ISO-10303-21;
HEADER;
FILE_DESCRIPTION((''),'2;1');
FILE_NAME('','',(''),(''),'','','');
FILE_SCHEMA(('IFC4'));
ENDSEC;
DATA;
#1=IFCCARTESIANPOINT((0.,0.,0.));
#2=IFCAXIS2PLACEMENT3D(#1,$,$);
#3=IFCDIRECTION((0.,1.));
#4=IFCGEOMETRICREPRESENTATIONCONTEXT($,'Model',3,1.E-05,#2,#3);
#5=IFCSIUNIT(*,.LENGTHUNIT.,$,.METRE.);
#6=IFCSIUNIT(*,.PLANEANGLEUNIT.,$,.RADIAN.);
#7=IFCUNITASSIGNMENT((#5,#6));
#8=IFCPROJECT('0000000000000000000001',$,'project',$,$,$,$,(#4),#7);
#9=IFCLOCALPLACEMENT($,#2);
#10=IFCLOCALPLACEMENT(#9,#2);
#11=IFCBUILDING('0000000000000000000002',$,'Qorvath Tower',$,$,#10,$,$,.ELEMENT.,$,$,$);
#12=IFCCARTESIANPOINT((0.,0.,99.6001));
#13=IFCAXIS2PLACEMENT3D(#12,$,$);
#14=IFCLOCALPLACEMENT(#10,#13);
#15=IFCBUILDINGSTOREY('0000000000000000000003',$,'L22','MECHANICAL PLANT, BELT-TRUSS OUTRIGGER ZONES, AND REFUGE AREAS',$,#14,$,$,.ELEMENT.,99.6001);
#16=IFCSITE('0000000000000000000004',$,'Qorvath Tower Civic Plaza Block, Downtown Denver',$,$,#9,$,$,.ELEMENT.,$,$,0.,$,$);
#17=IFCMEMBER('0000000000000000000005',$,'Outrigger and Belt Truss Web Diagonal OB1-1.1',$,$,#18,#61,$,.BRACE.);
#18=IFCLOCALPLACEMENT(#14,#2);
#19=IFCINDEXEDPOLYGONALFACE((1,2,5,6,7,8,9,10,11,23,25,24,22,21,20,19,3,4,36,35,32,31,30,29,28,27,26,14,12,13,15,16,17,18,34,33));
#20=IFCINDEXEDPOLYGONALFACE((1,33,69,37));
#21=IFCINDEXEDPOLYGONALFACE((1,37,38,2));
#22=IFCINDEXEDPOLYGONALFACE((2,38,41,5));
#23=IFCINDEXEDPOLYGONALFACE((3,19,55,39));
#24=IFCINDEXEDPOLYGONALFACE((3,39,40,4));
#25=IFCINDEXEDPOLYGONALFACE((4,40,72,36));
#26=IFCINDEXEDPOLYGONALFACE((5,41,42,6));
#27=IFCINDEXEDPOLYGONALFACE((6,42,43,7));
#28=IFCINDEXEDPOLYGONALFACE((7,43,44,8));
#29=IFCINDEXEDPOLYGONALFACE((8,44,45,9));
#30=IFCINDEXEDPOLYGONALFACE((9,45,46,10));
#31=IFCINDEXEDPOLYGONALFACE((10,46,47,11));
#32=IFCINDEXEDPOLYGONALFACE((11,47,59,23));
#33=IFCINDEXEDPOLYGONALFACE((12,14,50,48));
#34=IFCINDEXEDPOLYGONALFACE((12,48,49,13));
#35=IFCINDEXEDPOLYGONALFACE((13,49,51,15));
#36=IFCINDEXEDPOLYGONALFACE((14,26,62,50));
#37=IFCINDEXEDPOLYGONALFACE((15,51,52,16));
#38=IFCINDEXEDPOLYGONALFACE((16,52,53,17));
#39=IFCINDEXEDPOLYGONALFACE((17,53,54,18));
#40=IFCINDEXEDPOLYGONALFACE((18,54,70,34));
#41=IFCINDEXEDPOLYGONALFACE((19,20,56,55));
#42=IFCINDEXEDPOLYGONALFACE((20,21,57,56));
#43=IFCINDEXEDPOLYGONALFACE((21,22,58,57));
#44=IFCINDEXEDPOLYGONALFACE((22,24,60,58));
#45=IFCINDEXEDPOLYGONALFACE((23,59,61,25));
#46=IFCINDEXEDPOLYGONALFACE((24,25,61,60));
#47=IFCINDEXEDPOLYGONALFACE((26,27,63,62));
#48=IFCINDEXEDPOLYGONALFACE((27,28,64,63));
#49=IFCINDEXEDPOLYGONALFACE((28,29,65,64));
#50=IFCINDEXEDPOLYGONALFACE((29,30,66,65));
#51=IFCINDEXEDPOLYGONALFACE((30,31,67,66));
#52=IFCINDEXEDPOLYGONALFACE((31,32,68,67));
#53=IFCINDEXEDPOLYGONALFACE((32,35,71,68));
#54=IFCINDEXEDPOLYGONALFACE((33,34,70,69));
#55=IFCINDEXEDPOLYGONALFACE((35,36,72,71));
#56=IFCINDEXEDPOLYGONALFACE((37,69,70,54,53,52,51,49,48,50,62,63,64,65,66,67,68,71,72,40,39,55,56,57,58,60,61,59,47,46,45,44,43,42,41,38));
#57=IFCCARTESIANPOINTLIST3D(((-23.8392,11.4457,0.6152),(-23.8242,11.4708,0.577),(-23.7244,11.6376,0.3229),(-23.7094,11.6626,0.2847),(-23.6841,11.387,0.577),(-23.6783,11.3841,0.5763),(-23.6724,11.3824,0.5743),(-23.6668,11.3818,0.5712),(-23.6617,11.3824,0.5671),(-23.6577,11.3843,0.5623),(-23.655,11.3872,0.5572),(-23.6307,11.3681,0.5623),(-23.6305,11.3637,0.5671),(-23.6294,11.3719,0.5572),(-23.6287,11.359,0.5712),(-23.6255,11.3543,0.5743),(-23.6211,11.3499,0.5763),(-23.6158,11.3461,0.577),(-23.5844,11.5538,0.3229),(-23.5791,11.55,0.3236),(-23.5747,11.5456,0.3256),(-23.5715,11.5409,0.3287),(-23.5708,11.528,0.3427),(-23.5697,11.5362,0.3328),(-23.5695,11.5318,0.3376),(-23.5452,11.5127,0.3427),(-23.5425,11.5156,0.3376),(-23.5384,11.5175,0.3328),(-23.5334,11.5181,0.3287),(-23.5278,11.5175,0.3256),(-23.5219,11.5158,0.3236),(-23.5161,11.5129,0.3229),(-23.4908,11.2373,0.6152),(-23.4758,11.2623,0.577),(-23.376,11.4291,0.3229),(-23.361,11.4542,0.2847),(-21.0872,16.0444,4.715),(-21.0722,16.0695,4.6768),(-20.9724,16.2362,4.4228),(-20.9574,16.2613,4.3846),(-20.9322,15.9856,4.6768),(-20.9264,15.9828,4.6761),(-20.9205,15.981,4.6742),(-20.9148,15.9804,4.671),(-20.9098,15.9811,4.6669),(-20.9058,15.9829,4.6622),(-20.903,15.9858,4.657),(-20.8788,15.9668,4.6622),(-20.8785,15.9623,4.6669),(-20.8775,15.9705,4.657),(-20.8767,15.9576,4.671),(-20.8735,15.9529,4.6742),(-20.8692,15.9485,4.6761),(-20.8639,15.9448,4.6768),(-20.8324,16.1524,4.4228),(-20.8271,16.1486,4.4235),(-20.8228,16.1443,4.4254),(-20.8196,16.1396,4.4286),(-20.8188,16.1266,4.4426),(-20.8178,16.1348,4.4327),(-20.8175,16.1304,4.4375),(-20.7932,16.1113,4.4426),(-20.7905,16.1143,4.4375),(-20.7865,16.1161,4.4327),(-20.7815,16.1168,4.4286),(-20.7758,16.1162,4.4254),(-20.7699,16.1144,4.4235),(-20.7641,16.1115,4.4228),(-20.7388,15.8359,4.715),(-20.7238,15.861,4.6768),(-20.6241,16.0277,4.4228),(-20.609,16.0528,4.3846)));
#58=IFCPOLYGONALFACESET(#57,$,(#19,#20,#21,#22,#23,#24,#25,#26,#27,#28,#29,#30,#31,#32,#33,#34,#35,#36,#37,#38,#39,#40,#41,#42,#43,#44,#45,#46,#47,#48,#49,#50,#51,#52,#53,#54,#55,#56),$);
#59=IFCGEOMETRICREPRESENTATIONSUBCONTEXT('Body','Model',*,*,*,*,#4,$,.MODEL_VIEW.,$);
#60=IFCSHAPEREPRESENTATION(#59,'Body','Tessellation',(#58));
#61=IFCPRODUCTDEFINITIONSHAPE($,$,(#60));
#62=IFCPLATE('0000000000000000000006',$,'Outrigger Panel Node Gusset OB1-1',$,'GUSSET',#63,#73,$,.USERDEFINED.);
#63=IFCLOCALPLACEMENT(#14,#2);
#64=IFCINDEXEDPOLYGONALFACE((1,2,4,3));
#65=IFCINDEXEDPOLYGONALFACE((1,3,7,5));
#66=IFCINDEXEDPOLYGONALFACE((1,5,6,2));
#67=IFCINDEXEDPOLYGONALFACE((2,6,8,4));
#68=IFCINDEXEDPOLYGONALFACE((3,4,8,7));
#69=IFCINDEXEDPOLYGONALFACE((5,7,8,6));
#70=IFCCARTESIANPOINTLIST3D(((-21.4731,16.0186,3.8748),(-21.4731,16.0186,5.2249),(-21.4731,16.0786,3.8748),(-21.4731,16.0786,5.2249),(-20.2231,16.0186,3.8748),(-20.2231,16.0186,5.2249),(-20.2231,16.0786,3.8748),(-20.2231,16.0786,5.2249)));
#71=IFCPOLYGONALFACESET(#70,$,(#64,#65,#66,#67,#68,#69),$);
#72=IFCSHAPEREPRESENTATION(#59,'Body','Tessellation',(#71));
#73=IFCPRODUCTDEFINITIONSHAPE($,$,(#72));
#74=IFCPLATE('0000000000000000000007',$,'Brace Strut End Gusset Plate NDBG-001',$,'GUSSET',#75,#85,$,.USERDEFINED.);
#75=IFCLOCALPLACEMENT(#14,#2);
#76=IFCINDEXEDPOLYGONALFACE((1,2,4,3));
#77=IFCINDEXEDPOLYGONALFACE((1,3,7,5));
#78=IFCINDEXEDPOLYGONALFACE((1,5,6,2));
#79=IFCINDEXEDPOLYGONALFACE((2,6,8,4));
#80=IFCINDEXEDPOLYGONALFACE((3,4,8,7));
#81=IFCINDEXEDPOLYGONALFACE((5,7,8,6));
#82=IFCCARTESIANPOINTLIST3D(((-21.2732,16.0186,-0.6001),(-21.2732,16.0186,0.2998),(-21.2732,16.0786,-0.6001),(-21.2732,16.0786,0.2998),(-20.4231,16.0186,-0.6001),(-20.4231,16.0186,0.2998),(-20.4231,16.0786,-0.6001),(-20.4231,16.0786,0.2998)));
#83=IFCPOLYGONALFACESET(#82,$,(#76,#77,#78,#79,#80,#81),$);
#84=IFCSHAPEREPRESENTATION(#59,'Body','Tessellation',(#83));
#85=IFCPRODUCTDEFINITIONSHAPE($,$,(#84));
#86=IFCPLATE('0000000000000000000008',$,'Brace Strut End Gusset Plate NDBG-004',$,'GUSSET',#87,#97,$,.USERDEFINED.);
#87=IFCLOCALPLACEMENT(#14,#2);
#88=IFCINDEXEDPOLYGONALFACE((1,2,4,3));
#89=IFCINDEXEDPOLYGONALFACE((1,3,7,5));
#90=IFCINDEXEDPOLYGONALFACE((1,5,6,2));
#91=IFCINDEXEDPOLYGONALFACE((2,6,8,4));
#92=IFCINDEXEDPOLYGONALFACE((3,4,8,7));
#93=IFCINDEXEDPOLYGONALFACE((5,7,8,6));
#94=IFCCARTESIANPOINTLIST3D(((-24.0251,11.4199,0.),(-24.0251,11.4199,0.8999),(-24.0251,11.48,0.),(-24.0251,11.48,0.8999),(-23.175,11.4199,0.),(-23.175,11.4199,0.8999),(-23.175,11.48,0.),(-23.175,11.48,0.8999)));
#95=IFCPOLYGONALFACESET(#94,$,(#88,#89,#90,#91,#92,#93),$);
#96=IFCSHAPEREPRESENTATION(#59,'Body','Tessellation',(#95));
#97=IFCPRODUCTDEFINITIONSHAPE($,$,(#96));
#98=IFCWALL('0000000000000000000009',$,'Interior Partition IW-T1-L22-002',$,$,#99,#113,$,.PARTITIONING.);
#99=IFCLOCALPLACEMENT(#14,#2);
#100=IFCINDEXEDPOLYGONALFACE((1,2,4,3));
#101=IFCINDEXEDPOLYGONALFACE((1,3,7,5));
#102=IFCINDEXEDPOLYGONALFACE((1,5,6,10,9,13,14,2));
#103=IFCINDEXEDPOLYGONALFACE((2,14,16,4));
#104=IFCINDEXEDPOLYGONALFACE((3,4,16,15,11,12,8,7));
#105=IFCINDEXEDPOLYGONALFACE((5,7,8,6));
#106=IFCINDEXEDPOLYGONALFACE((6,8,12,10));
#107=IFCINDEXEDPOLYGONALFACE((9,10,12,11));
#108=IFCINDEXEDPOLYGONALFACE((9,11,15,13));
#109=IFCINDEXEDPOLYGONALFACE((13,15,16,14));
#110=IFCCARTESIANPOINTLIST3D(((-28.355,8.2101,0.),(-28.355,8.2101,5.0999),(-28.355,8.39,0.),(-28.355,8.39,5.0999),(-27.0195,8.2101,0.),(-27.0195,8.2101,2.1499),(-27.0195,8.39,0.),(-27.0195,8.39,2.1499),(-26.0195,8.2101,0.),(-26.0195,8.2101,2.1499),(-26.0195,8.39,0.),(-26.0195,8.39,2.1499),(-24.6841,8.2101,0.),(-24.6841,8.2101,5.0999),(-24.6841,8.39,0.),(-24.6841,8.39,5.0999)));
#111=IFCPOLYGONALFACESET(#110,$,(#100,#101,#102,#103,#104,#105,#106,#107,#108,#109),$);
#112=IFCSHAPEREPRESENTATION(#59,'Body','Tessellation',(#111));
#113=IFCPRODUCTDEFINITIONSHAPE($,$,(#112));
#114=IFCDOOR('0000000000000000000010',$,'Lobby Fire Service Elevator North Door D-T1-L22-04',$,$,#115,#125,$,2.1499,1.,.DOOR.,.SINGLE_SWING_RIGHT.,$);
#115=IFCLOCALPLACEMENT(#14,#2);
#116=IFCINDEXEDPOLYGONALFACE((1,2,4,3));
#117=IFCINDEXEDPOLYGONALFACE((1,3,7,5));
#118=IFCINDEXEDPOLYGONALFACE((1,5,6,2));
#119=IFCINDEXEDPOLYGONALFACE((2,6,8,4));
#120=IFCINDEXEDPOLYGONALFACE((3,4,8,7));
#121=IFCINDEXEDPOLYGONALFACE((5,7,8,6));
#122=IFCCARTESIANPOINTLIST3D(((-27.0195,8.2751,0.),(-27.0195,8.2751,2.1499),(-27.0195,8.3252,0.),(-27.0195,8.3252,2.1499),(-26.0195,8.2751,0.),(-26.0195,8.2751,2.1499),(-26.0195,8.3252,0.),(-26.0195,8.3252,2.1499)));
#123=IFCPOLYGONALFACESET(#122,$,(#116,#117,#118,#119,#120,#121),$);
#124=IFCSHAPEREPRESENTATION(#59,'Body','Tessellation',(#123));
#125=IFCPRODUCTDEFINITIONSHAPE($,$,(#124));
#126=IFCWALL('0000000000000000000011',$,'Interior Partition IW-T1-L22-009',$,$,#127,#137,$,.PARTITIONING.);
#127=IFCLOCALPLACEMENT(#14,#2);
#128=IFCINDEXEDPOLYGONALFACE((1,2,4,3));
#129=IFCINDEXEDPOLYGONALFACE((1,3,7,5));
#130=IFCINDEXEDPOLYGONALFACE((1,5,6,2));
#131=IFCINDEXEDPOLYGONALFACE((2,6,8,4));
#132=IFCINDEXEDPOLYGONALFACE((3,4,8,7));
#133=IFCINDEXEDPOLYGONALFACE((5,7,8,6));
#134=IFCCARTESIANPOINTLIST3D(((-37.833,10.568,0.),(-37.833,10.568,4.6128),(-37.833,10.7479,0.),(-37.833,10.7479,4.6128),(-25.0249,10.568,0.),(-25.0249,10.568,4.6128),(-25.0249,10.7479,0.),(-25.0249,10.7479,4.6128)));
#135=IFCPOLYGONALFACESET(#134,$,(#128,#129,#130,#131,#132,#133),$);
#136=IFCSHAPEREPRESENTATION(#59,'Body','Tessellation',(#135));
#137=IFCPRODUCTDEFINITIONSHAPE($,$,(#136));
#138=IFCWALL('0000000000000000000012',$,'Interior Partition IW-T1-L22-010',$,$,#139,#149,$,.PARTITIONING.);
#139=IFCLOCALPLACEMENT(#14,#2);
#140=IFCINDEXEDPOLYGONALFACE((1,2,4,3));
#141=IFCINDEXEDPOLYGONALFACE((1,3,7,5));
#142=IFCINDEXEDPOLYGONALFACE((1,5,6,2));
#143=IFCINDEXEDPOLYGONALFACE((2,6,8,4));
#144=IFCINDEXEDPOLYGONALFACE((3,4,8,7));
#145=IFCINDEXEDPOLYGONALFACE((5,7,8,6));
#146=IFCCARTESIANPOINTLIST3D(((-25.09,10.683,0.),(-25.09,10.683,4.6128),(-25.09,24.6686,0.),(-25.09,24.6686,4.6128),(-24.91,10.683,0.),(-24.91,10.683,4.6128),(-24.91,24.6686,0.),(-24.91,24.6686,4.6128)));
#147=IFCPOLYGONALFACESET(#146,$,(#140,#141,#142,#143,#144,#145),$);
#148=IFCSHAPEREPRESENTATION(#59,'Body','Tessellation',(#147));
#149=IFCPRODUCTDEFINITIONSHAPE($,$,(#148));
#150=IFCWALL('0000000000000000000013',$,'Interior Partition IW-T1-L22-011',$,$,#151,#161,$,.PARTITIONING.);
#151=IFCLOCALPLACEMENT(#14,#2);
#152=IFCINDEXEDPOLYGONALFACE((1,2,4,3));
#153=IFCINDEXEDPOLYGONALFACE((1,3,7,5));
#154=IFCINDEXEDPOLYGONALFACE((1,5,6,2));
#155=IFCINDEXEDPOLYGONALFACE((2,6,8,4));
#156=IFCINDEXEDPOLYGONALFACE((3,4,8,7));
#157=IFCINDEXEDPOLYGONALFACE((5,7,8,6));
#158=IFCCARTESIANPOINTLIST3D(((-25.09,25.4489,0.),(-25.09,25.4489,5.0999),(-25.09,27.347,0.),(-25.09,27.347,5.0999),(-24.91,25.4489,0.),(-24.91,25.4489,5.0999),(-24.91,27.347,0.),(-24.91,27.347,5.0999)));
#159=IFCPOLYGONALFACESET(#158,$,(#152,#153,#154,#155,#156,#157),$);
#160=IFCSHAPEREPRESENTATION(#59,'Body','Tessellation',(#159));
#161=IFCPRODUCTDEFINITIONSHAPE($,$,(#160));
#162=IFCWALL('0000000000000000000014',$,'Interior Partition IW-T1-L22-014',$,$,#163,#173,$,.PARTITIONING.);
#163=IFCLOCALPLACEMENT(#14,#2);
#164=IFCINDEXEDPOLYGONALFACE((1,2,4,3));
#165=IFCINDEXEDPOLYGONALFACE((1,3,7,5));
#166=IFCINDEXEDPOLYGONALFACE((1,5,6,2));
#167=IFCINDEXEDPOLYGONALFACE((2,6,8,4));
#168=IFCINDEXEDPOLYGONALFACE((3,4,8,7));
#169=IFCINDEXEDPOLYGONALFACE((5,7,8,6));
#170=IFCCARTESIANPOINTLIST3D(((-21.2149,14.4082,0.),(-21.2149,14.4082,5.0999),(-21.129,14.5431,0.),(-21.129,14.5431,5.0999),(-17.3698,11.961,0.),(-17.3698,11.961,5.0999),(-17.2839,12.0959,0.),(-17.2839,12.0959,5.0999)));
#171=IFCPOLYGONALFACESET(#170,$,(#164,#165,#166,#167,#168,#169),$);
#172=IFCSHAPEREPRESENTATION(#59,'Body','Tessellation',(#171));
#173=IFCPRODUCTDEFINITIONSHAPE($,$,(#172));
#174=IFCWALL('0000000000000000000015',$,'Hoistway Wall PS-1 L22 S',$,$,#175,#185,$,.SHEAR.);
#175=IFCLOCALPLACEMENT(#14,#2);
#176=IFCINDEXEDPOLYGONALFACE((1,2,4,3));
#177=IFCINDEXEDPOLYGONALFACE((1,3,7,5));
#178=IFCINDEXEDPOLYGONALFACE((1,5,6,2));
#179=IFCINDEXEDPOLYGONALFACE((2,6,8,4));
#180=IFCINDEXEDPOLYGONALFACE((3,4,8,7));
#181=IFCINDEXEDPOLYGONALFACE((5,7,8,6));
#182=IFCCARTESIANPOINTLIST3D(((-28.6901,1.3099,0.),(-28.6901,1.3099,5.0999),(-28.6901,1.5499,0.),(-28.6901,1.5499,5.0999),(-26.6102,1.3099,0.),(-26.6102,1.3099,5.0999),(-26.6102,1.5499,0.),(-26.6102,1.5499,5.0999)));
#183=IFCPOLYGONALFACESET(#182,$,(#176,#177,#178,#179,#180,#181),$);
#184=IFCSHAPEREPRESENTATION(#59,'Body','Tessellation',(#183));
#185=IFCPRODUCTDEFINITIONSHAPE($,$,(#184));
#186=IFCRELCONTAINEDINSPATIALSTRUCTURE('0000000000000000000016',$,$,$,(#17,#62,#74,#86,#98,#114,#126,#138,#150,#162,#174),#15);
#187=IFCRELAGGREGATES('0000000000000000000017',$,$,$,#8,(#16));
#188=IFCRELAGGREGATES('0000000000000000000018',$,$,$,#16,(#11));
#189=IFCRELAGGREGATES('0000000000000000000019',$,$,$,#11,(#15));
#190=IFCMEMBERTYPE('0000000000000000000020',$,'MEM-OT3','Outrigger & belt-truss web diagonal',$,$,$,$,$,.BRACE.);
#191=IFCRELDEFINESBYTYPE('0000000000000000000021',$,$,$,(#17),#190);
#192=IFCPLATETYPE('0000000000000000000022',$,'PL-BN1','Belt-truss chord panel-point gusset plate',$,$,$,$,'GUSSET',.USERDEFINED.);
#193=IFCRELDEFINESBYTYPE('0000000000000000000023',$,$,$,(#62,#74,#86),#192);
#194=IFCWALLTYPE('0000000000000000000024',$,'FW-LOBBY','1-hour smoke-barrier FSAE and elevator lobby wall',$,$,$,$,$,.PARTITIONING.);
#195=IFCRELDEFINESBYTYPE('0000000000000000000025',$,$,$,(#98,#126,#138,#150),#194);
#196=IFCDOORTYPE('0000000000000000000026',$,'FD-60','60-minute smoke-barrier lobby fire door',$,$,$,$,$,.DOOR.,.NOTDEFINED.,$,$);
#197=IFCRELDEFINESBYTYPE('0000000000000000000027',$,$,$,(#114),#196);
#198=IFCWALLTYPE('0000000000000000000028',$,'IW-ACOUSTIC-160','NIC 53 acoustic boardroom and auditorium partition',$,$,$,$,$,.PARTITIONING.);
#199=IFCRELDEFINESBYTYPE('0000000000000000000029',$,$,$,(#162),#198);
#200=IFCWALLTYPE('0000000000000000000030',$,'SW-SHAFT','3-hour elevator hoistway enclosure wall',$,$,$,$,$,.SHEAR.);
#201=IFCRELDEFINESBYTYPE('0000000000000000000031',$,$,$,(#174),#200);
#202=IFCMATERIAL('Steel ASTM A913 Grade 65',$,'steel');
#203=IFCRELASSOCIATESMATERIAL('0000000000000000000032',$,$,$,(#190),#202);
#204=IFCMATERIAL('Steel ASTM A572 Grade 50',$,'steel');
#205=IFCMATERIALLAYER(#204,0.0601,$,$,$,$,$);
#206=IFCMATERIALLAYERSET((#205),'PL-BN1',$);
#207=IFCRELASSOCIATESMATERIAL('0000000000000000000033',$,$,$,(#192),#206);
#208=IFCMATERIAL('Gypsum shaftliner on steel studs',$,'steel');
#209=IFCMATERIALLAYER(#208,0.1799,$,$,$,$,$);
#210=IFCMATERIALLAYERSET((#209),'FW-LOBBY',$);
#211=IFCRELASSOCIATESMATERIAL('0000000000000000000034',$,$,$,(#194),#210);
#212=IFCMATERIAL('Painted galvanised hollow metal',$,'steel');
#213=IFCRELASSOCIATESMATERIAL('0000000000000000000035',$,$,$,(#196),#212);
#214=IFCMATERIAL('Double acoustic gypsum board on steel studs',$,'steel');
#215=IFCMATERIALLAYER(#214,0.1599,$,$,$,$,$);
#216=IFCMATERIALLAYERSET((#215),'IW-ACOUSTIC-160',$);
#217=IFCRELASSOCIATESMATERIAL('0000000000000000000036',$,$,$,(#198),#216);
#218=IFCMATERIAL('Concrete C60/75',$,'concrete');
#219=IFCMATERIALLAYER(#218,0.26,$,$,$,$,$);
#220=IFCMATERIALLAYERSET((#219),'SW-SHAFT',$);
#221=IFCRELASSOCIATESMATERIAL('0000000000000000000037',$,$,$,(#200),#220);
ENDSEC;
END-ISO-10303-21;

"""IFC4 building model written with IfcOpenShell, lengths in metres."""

from ifc_helpers import new_model, si_unit, direction, frame, frame_2d, origin, origin_2d, place, context, subcontext, project, spatial, rectangle, i_section, extrude, material, layer, layer_set, material_profile, profile_set, type_object, element, fill, save


model = new_model("IFC4")

# Units and contexts
model_context = context("Model", 3, precision=1e-05, world=origin(), true_north=direction((0.0, 1.0)))
body_context = subcontext(model_context, "Body", "Model", "MODEL_VIEW")
ifc_project = project(units=[si_unit("LENGTHUNIT", "METRE"), si_unit("PLANEANGLEUNIT", "RADIAN")], contexts=[model_context])

# Site, building, storey
site_placement = place(None, origin())
site = spatial("IfcSite", under=ifc_project, at=site_placement, Name="Qorvath Tower Civic Plaza Block, Downtown Denver", CompositionType="ELEMENT", RefElevation=0.0)
building_placement = place(site_placement, origin())
building = spatial("IfcBuilding", under=site, at=building_placement, Name="Qorvath Tower", CompositionType="ELEMENT")
storey_placement = place(building_placement, frame((0.0, 0.0, 99.6001)))
storey = spatial("IfcBuildingStorey", under=building, at=storey_placement, Name="L22", Description="MECHANICAL PLANT, BELT-TRUSS OUTRIGGER ZONES, AND REFUGE AREAS", CompositionType="ELEMENT", Elevation=99.6001)

# Member
ifc_material_1 = material(Name="Steel ASTM A913 Grade 65", Category="steel")
ifc_material_profile_1 = material_profile(ifc_material_1, i_section(OverallWidth=0.406, OverallDepth=0.416, WebThickness=0.0298, FlangeThickness=0.0481, FilletRadius=0.0249, at=origin_2d()), Name="W14x257")
ifc_profile_set_1 = profile_set([ifc_material_profile_1], Name="Steel ASTM A913 Grade 65")
member_type_1 = type_object("IfcMemberType", Name="MEM-OT3", Description="Outrigger & belt-truss web diagonal", PredefinedType="BRACE", material=ifc_profile_set_1)
member_1_placement = place(storey_placement, frame((-23.6001, 11.45, 0.45), z_axis=(0.407845, 0.681526, 0.607606), x_axis=(-0.858087, 0.513504, 0.0)))
element("IfcMember", 1, at=member_1_placement, inside=storey, type_object=member_type_1, Name="Outrigger and Belt Truss Web Diagonal OB1-1.1", PredefinedType="BRACE", context=body_context, shape_type="SweptSolid", body=[
    extrude(i_section(OverallWidth=0.406, OverallDepth=0.416, WebThickness=0.0298, FlangeThickness=0.0481, FilletRadius=0.0249, at=origin_2d()), origin(), (0.0, 0.0, 1.0), 6.7476),
])

# Plates
ifc_material_2 = material(Name="Steel ASTM A572 Grade 50", Category="steel")
ifc_layer_1 = layer(ifc_material_2, 0.0601)
ifc_layer_set_1 = layer_set([ifc_layer_1], Name="PL-BN1")
plate_type = type_object("IfcPlateType", Name="PL-BN1", Description="Belt-truss chord panel-point gusset plate", ElementType="GUSSET", PredefinedType="USERDEFINED", material=ifc_layer_set_1)
plate_placement = place(storey_placement, frame((-20.8481, 16.0486, 3.8748), z_axis=(0.0, 0.0, 1.0), x_axis=(1.0, 0.0, 0.0)))
element("IfcPlate", 2, at=plate_placement, inside=storey, type_object=plate_type, Name="Outrigger Panel Node Gusset OB1-1", ObjectType="GUSSET", PredefinedType="USERDEFINED", context=body_context, shape_type="SweptSolid", body=[
    extrude(rectangle(XDim=1.25, YDim=0.0601, at=origin_2d()), origin(), (0.0, 0.0, 1.0), 1.3501),
])
for number, where, z_axis, x_axis, name in (
    (3, (-20.8481, 16.0486, -0.6001), (0.0, 0.0, 1.0), (1.0, 0.0, 0.0), "Brace Strut End Gusset Plate NDBG-001"),
    (4, (-23.6001, 11.45, 0.0), (0.0, 0.0, 1.0), (1.0, 0.0, 0.0), "Brace Strut End Gusset Plate NDBG-004"),
):
    element("IfcPlate", number, at=place(storey_placement, frame(where, z_axis=z_axis, x_axis=x_axis)), inside=storey, type_object=plate_type, Name=name, ObjectType="GUSSET", PredefinedType="USERDEFINED", context=body_context, shape_type="SweptSolid", body=[
        extrude(rectangle(XDim=0.8501, YDim=0.0601, at=origin_2d()), origin(), (0.0, 0.0, 1.0), 0.8999),
    ])

# Wall, opening, door
ifc_material_3 = material(Name="Gypsum shaftliner on steel studs", Category="steel")
ifc_layer_2 = layer(ifc_material_3, 0.1799)
ifc_layer_set_2 = layer_set([ifc_layer_2], Name="FW-LOBBY")
wall_type_1 = type_object("IfcWallType", Name="FW-LOBBY", Description="1-hour smoke-barrier FSAE and elevator lobby wall", PredefinedType="PARTITIONING", material=ifc_layer_set_2)
wall_1_placement = place(storey_placement, frame((-24.6841, 8.3, 0.0), z_axis=(0.0, 0.0, 1.0), x_axis=(-1.0, 0.0, 0.0)))
wall_1 = element("IfcWall", 5, at=wall_1_placement, inside=storey, type_object=wall_type_1, Name="Interior Partition IW-T1-L22-002", PredefinedType="PARTITIONING", context=body_context, shape_type="SweptSolid", body=[
    extrude(rectangle(XDim=3.6709, YDim=0.1799, at=frame_2d((1.8354, 0.0))), origin(), (0.0, 0.0, 1.0), 5.0999),
])
opening_placement = place(wall_1_placement, frame((1.3354, 0.0, 0.0)))
opening = element("IfcOpeningElement", 6, at=opening_placement, cuts=wall_1, PredefinedType="OPENING", context=body_context, shape_type="SweptSolid", body=[
    extrude(rectangle(XDim=1.0, YDim=2.1499, at=frame_2d((0.5, 1.075))), frame((0.0, 0.1001, 0.0), z_axis=(0.0, -1.0, 0.0), x_axis=(1.0, 0.0, 0.0)), (0.0, 0.0, 1.0), 0.2),
])
ifc_material_4 = material(Name="Painted galvanised hollow metal", Category="steel")
door_type = type_object("IfcDoorType", Name="FD-60", Description="60-minute smoke-barrier lobby fire door", OperationType="NOTDEFINED", PredefinedType="DOOR", material=ifc_material_4)
door_placement = place(opening_placement, origin())
door = element("IfcDoor", 7, at=door_placement, inside=storey, type_object=door_type, Name="Lobby Fire Service Elevator North Door D-T1-L22-04", OperationType="SINGLE_SWING_RIGHT", OverallHeight=2.1499, OverallWidth=1.0, PredefinedType="DOOR", context=body_context, shape_type="SweptSolid", body=[
    extrude(rectangle(XDim=1.0, YDim=2.1499, at=frame_2d((0.5, 1.075))), frame((0.0, 0.0249, 0.0), z_axis=(0.0, -1.0, 0.0), x_axis=(1.0, 0.0, 0.0)), (0.0, 0.0, 1.0), 0.05),
])
fill(opening, door)

# Walls
wall_2_placement = place(storey_placement, frame((-25.0249, 10.658, 0.0), z_axis=(0.0, 0.0, 1.0), x_axis=(-1.0, 0.0, 0.0)))
element("IfcWall", 8, at=wall_2_placement, inside=storey, type_object=wall_type_1, Name="Interior Partition IW-T1-L22-009", PredefinedType="PARTITIONING", context=body_context, shape_type="SweptSolid", body=[
    extrude(rectangle(XDim=12.8081, YDim=0.1799, at=frame_2d((6.4041, 0.0))), origin(), (0.0, 0.0, 1.0), 4.6128),
])
wall_3_placement = place(storey_placement, frame((-25.0, 10.6831, 0.0), z_axis=(0.0, 0.0, 1.0), x_axis=(0.0, 1.0, 0.0)))
element("IfcWall", 9, at=wall_3_placement, inside=storey, type_object=wall_type_1, Name="Interior Partition IW-T1-L22-010", PredefinedType="PARTITIONING", context=body_context, shape_type="SweptSolid", body=[
    extrude(rectangle(XDim=13.9856, YDim=0.1799, at=frame_2d((6.9927, 0.0))), origin(), (0.0, 0.0, 1.0), 4.6128),
])
wall_4_placement = place(storey_placement, frame((-25.0, 25.4487, 0.0), z_axis=(0.0, 0.0, 1.0), x_axis=(0.0, 1.0, 0.0)))
element("IfcWall", 10, at=wall_4_placement, inside=storey, type_object=wall_type_1, Name="Interior Partition IW-T1-L22-011", PredefinedType="PARTITIONING", context=body_context, shape_type="SweptSolid", body=[
    extrude(rectangle(XDim=1.8982, YDim=0.1799, at=frame_2d((0.9492, 0.0))), origin(), (0.0, 0.0, 1.0), 5.0999),
])
ifc_material_5 = material(Name="Double acoustic gypsum board on steel studs", Category="steel")
ifc_layer_3 = layer(ifc_material_5, 0.1599)
ifc_layer_set_3 = layer_set([ifc_layer_3], Name="IW-ACOUSTIC-160")
wall_type_2 = type_object("IfcWallType", Name="IW-ACOUSTIC-160", Description="NIC 53 acoustic boardroom and auditorium partition", PredefinedType="PARTITIONING", material=ifc_layer_set_3)
wall_5_placement = place(storey_placement, frame((-21.1719, 14.4756, 0.0), z_axis=(0.0, 0.0, 1.0), x_axis=(0.843631, -0.536924, 0.0)))
element("IfcWall", 11, at=wall_5_placement, inside=storey, type_object=wall_type_2, Name="Interior Partition IW-T1-L22-014", PredefinedType="PARTITIONING", context=body_context, shape_type="SweptSolid", body=[
    extrude(rectangle(XDim=4.5579, YDim=0.1599, at=frame_2d((2.2788, 0.0))), origin(), (0.0, 0.0, 1.0), 5.0999),
])
ifc_material_6 = material(Name="Concrete C60/75", Category="concrete")
ifc_layer_4 = layer(ifc_material_6, 0.26)
ifc_layer_set_4 = layer_set([ifc_layer_4], Name="SW-SHAFT")
wall_type_3 = type_object("IfcWallType", Name="SW-SHAFT", Description="3-hour elevator hoistway enclosure wall", PredefinedType="SHEAR", material=ifc_layer_set_4)
for number, where, z_axis, x_axis, name in (
    (12, (-26.6101, 1.4299, 0.0), (0.0, 0.0, 1.0), (-1.0, 0.0, 0.0), "Hoistway Wall PS-1 L22 S"),
):
    element("IfcWall", number, at=place(storey_placement, frame(where, z_axis=z_axis, x_axis=x_axis)), inside=storey, type_object=wall_type_3, Name=name, PredefinedType="SHEAR", context=body_context, shape_type="SweptSolid", body=[
        extrude(rectangle(XDim=2.0798, YDim=0.24, at=frame_2d((1.04, 0.0))), origin(), (0.0, 0.0, 1.0), 5.0999),
    ])

save(model, "model.ifc")
